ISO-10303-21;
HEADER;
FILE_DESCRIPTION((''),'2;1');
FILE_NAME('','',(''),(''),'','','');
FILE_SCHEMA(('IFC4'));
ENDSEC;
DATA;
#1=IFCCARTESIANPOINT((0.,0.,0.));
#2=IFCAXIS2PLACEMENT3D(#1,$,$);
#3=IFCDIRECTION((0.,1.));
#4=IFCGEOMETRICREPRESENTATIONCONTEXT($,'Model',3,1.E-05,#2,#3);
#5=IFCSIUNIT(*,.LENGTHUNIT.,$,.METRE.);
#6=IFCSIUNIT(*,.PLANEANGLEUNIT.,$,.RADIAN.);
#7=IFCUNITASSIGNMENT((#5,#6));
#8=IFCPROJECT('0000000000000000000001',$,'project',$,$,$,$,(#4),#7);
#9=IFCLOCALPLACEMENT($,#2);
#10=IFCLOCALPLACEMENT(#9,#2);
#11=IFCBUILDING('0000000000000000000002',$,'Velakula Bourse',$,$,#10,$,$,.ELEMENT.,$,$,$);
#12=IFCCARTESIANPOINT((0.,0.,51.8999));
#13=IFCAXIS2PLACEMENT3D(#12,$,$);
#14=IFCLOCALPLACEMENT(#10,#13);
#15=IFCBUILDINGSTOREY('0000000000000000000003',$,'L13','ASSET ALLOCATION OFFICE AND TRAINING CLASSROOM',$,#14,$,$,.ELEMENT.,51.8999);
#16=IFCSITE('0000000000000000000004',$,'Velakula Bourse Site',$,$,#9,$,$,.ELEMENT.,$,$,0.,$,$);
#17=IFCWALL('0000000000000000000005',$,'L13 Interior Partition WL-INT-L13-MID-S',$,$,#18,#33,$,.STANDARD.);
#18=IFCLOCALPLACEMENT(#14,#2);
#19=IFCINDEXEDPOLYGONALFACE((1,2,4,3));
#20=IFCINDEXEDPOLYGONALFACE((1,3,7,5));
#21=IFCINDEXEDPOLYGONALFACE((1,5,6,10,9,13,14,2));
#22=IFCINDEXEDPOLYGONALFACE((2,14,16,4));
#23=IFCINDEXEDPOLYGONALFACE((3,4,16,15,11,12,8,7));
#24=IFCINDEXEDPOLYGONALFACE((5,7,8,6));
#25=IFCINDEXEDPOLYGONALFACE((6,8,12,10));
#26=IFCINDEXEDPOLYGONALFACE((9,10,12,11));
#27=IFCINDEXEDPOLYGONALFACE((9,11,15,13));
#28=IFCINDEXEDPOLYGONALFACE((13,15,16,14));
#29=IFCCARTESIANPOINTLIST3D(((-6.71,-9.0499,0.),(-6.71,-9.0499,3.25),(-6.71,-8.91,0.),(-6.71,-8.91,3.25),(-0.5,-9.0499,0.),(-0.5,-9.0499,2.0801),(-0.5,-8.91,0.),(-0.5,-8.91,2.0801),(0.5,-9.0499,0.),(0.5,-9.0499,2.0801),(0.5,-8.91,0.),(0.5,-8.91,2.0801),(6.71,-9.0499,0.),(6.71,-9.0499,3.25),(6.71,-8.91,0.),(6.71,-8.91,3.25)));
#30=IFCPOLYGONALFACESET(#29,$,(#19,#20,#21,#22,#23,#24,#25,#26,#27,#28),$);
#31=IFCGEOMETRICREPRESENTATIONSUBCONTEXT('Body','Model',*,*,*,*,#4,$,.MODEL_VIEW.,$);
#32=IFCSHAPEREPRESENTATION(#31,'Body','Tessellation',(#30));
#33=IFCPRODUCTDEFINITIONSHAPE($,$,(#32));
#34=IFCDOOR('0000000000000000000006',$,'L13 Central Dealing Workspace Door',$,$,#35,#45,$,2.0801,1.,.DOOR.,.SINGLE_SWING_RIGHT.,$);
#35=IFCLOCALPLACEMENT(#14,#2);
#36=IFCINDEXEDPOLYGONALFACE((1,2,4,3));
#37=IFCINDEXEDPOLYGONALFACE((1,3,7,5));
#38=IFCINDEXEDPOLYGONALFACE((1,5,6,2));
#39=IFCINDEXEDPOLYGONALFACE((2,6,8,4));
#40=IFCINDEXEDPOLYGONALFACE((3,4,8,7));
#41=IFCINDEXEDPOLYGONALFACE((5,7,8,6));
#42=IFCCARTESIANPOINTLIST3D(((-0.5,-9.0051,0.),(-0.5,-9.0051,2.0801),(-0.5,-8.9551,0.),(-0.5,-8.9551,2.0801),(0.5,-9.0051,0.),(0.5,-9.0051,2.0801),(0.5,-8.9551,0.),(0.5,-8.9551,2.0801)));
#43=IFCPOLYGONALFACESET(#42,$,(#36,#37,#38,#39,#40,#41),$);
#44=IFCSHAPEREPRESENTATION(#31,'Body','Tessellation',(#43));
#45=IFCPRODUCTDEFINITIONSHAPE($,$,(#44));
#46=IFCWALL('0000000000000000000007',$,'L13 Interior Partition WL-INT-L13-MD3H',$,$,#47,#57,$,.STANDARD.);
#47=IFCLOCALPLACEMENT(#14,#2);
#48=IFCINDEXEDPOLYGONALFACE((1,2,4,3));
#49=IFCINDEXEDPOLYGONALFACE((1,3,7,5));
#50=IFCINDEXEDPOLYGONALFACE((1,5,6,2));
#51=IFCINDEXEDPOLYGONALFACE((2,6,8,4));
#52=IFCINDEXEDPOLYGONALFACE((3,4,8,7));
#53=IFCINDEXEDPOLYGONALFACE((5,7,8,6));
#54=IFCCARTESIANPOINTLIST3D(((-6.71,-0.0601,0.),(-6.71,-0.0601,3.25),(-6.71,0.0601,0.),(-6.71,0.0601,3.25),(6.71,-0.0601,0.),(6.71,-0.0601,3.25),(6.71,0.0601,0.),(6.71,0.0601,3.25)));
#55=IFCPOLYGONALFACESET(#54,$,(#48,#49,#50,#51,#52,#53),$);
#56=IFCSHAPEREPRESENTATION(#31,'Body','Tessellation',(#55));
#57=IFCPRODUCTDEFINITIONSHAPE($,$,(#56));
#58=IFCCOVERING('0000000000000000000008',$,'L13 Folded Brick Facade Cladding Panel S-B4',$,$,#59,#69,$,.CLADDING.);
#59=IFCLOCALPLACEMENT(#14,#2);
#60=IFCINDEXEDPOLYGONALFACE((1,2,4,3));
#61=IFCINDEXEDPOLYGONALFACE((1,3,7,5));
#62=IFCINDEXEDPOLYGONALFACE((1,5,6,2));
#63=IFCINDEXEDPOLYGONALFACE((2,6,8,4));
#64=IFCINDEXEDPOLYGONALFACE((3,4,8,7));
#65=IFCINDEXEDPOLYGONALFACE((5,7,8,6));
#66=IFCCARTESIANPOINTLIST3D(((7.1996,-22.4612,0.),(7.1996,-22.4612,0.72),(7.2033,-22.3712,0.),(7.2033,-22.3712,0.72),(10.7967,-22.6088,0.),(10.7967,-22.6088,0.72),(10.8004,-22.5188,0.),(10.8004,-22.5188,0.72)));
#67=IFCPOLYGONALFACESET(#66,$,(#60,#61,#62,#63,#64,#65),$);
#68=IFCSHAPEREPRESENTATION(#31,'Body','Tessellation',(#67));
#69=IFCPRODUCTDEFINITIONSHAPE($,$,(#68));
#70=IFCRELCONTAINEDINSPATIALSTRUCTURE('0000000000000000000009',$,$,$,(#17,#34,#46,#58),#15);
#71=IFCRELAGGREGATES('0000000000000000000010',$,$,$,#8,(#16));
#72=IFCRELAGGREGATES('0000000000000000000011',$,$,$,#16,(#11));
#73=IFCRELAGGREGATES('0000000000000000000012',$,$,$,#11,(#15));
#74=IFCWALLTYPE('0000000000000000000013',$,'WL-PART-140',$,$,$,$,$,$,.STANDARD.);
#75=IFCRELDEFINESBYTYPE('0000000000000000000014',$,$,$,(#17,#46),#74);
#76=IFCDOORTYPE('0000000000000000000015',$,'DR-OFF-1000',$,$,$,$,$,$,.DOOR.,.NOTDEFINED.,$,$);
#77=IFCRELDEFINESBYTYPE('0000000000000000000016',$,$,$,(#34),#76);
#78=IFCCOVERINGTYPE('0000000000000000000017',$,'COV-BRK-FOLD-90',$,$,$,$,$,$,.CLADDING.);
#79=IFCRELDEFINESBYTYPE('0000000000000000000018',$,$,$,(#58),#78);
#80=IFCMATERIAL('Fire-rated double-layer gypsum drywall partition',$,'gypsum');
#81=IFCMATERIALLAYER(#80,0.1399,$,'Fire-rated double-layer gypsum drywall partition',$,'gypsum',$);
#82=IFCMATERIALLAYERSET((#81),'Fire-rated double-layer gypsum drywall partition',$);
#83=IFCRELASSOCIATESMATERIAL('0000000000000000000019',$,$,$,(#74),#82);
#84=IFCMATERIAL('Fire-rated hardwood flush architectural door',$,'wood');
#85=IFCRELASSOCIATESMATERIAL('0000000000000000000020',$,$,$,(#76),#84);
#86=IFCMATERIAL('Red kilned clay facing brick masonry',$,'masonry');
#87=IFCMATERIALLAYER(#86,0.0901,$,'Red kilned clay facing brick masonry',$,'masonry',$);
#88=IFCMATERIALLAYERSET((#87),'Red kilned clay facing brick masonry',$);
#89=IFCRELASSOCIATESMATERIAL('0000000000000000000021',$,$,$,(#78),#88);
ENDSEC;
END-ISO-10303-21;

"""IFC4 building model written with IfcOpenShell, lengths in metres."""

from ifc_helpers import new_model, si_unit, direction, frame, frame_2d, origin, origin_2d, place, context, subcontext, project, spatial, rectangle, extrude, material, layer, layer_set, type_object, element, fill, save


model = new_model("IFC4")

# Units and contexts
model_context = context("Model", 3, precision=1e-05, world=origin(), true_north=direction((0.0, 1.0)))
body_context = subcontext(model_context, "Body", "Model", "MODEL_VIEW")
ifc_project = project(units=[si_unit("LENGTHUNIT", "METRE"), si_unit("PLANEANGLEUNIT", "RADIAN")], contexts=[model_context])

# Site, building, storey
site_placement = place(None, origin())
site = spatial("IfcSite", under=ifc_project, at=site_placement, Name="Velakula Bourse Site", CompositionType="ELEMENT", RefElevation=0.0)
building_placement = place(site_placement, origin())
building = spatial("IfcBuilding", under=site, at=building_placement, Name="Velakula Bourse", CompositionType="ELEMENT")
storey_placement = place(building_placement, frame((0.0, 0.0, 51.8999)))
storey = spatial("IfcBuildingStorey", under=building, at=storey_placement, Name="L13", Description="ASSET ALLOCATION OFFICE AND TRAINING CLASSROOM", CompositionType="ELEMENT", Elevation=51.8999)

# Shared definitions
ifc_material_1 = material(Name="Red kilned clay facing brick masonry", Category="masonry")

# Shared definitions
ifc_material_2 = material(Name="Fire-rated double-layer gypsum drywall partition", Category="gypsum")
ifc_layer_1 = layer(ifc_material_2, 0.1399, Name="Fire-rated double-layer gypsum drywall partition", Category="gypsum")
ifc_layer_set_1 = layer_set([ifc_layer_1], Name="Fire-rated double-layer gypsum drywall partition")
wall_type_1 = type_object("IfcWallType", Name="WL-PART-140", PredefinedType="STANDARD", material=ifc_layer_set_1)

# Wall, opening, door
wall_1_placement = place(storey_placement, frame((-6.71, -8.98, 0.0), z_axis=(0.0, 0.0, 1.0), x_axis=(1.0, 0.0, 0.0)))
wall_1 = element("IfcWall", 1, at=wall_1_placement, inside=storey, type_object=wall_type_1, Name="L13 Interior Partition WL-INT-L13-MID-S", PredefinedType="STANDARD", context=body_context, shape_type="SweptSolid", body=[
    extrude(rectangle(XDim=13.4199, YDim=0.1399, at=frame_2d((6.71, 0.0))), origin(), (0.0, 0.0, 1.0), 3.25),
])
opening_1_placement = place(wall_1_placement, frame((6.21, 0.0, 0.0)))
opening_1 = element("IfcOpeningElement", 2, at=opening_1_placement, cuts=wall_1, PredefinedType="OPENING", context=body_context, shape_type="SweptSolid", body=[
    extrude(rectangle(XDim=1.0, YDim=2.0801, at=frame_2d((0.5, 1.04))), frame((0.0, 0.0798, 0.0), z_axis=(0.0, -1.0, 0.0), x_axis=(1.0, 0.0, 0.0)), (0.0, 0.0, 1.0), 0.1599),
])
ifc_material_3 = material(Name="Fire-rated hardwood flush architectural door", Category="wood")
door_type = type_object("IfcDoorType", Name="DR-OFF-1000", OperationType="NOTDEFINED", PredefinedType="DOOR", material=ifc_material_3)
door_placement = place(opening_1_placement, origin())
door = element("IfcDoor", 3, at=door_placement, inside=storey, type_object=door_type, Name="L13 Central Dealing Workspace Door", OperationType="SINGLE_SWING_RIGHT", OverallHeight=2.0801, OverallWidth=1.0, PredefinedType="DOOR", context=body_context, shape_type="SweptSolid", body=[
    extrude(rectangle(XDim=1.0, YDim=2.0801, at=frame_2d((0.5, 1.04))), frame((0.0, 0.0249, 0.0), z_axis=(0.0, -1.0, 0.0), x_axis=(1.0, 0.0, 0.0)), (0.0, 0.0, 1.0), 0.05),
])
fill(opening_1, door)

# Wall
wall_2_placement = place(storey_placement, frame((-6.71, 0.0, 0.0), z_axis=(0.0, 0.0, 1.0), x_axis=(1.0, 0.0, 0.0)))
element("IfcWall", 4, at=wall_2_placement, inside=storey, type_object=wall_type_1, Name="L13 Interior Partition WL-INT-L13-MD3H", PredefinedType="STANDARD", context=body_context, shape_type="SweptSolid", body=[
    extrude(rectangle(XDim=13.4199, YDim=0.1201, at=frame_2d((6.71, 0.0))), origin(), (0.0, 0.0, 1.0), 3.25),
])

# Covering
ifc_layer_2 = layer(ifc_material_1, 0.0901, Name="Red kilned clay facing brick masonry", Category="masonry")
ifc_layer_set_2 = layer_set([ifc_layer_2], Name="Red kilned clay facing brick masonry")
covering_type = type_object("IfcCoveringType", Name="COV-BRK-FOLD-90", PredefinedType="CLADDING", material=ifc_layer_set_2)
covering_placement = place(storey_placement, frame((9.0, -22.49, 0.0), z_axis=(0.0, 0.0, 1.0), x_axis=(0.999159, -0.041004, 0.0)))
element("IfcCovering", 5, at=covering_placement, inside=storey, type_object=covering_type, Name="L13 Folded Brick Facade Cladding Panel S-B4", PredefinedType="CLADDING", context=body_context, shape_type="SweptSolid", body=[
    extrude(rectangle(XDim=3.6001, YDim=0.0901, at=origin_2d()), origin(), (0.0, 0.0, 1.0), 0.72),
])

save(model, "model.ifc")
